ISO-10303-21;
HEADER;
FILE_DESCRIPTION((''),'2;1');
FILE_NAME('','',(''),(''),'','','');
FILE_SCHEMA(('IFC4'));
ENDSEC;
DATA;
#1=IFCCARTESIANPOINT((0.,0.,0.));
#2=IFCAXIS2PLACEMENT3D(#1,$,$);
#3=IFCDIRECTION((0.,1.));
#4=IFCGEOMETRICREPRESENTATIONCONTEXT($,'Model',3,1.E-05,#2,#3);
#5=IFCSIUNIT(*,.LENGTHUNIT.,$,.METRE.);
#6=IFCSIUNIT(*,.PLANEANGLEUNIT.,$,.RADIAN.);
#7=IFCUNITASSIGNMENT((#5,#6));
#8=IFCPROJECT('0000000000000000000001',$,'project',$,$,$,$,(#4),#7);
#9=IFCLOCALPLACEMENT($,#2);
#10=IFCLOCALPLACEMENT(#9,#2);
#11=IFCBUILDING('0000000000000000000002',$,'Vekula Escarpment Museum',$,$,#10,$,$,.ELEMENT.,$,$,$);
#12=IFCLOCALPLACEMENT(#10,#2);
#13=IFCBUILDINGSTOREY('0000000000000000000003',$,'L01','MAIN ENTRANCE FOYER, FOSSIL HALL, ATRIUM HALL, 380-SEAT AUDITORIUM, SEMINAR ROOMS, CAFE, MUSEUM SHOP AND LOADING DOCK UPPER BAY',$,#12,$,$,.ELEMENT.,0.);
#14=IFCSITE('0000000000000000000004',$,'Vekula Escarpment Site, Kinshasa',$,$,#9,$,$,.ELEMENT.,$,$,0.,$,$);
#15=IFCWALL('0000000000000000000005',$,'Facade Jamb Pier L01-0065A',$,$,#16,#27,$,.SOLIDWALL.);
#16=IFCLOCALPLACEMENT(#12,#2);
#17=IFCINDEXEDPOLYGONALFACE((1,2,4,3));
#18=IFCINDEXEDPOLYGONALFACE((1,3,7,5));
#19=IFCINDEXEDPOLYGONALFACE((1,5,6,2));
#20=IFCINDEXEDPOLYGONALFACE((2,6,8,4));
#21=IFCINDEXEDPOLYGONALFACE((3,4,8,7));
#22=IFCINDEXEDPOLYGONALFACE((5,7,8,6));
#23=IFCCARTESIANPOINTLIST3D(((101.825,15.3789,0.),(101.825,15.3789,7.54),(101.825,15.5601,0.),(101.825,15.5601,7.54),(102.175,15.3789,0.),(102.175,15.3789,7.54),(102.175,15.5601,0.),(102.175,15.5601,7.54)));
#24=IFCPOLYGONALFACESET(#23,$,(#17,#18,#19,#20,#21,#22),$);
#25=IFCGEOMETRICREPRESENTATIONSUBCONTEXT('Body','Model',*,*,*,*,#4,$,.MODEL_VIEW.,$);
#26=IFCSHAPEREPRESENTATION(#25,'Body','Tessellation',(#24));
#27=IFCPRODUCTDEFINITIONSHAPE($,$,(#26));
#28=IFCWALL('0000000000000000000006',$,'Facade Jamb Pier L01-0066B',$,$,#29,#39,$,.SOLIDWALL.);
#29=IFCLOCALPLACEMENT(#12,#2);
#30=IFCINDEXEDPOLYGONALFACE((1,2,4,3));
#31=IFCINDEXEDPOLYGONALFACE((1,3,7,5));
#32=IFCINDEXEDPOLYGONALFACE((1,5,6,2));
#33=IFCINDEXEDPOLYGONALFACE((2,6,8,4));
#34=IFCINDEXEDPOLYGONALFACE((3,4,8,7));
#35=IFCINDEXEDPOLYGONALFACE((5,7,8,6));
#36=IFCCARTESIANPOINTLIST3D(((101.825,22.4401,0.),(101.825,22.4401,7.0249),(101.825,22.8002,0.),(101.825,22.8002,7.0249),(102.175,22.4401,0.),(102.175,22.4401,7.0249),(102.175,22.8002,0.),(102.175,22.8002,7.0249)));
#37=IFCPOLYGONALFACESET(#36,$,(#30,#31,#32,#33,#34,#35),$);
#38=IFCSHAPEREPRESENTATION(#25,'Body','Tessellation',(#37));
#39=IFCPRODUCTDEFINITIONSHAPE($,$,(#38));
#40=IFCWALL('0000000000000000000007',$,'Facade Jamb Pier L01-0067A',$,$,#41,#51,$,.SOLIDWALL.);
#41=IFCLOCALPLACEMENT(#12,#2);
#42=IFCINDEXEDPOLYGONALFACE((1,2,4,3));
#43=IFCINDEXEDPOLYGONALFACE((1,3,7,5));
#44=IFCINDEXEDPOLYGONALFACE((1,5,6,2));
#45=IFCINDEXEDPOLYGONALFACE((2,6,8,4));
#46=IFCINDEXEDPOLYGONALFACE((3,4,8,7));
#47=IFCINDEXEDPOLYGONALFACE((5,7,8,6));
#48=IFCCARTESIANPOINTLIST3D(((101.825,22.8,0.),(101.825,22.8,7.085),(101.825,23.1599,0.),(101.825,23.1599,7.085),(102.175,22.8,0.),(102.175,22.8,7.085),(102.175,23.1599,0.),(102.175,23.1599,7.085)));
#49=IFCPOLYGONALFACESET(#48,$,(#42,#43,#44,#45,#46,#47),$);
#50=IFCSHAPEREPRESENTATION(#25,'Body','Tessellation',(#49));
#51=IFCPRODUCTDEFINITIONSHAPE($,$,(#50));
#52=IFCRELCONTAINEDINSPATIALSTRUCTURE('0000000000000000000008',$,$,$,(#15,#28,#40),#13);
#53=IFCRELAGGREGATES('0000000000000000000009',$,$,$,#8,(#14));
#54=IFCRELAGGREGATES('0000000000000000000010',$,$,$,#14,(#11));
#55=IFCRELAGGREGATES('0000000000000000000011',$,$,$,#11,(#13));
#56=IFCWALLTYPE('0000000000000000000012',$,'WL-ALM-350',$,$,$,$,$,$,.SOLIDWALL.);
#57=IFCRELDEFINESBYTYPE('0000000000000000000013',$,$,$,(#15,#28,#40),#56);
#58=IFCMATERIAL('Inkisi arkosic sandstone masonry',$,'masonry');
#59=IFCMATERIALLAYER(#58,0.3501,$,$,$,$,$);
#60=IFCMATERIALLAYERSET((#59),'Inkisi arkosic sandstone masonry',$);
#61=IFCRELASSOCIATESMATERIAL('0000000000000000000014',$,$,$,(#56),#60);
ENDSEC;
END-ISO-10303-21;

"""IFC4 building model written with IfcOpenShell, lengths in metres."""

from ifc_helpers import new_model, si_unit, direction, frame, frame_2d, origin, place, context, subcontext, project, spatial, rectangle, extrude, material, layer, layer_set, type_object, element, save


model = new_model("IFC4")

# Units and contexts
model_context = context("Model", 3, precision=1e-05, world=origin(), true_north=direction((0.0, 1.0)))
body_context = subcontext(model_context, "Body", "Model", "MODEL_VIEW")
ifc_project = project(units=[si_unit("LENGTHUNIT", "METRE"), si_unit("PLANEANGLEUNIT", "RADIAN")], contexts=[model_context])

# Site, building, storey
site_placement = place(None, origin())
site = spatial("IfcSite", under=ifc_project, at=site_placement, Name="Vekula Escarpment Site, Kinshasa", CompositionType="ELEMENT", RefElevation=0.0)
building_placement = place(site_placement, origin())
building = spatial("IfcBuilding", under=site, at=building_placement, Name="Vekula Escarpment Museum", CompositionType="ELEMENT")
storey_placement = place(building_placement, origin())
storey = spatial("IfcBuildingStorey", under=building, at=storey_placement, Name="L01", Description="MAIN ENTRANCE FOYER, FOSSIL HALL, ATRIUM HALL, 380-SEAT AUDITORIUM, SEMINAR ROOMS, CAFE, MUSEUM SHOP AND LOADING DOCK UPPER BAY", CompositionType="ELEMENT", Elevation=0.0)

# Walls
ifc_material_1 = material(Name="Inkisi arkosic sandstone masonry", Category="masonry")
ifc_layer_1 = layer(ifc_material_1, 0.3501)
ifc_layer_set_1 = layer_set([ifc_layer_1], Name="Inkisi arkosic sandstone masonry")
wall_type = type_object("IfcWallType", Name="WL-ALM-350", PredefinedType="SOLIDWALL", material=ifc_layer_set_1)
wall_1_placement = place(storey_placement, frame((102.0, 15.3789, 0.0), z_axis=(0.0, 0.0, 1.0), x_axis=(0.0, 1.0, 0.0)))
element("IfcWall", 1, at=wall_1_placement, inside=storey, type_object=wall_type, Name="Facade Jamb Pier L01-0065A", PredefinedType="SOLIDWALL", context=body_context, shape_type="SweptSolid", body=[
    extrude(rectangle(XDim=0.1812, YDim=0.3501, at=frame_2d((0.0906, 0.0))), origin(), (0.0, 0.0, 1.0), 7.54),
])
wall_2_placement = place(storey_placement, frame((102.0, 22.4399, 0.0), z_axis=(0.0, 0.0, 1.0), x_axis=(0.0, 1.0, 0.0)))
element("IfcWall", 2, at=wall_2_placement, inside=storey, type_object=wall_type, Name="Facade Jamb Pier L01-0066B", PredefinedType="SOLIDWALL", context=body_context, shape_type="SweptSolid", body=[
    extrude(rectangle(XDim=0.3601, YDim=0.3501, at=frame_2d((0.1802, 0.0))), origin(), (0.0, 0.0, 1.0), 7.0249),
])
wall_3_placement = place(storey_placement, frame((102.0, 22.8, 0.0), z_axis=(0.0, 0.0, 1.0), x_axis=(0.0, 1.0, 0.0)))
element("IfcWall", 3, at=wall_3_placement, inside=storey, type_object=wall_type, Name="Facade Jamb Pier L01-0067A", PredefinedType="SOLIDWALL", context=body_context, shape_type="SweptSolid", body=[
    extrude(rectangle(XDim=0.3599, YDim=0.3501, at=frame_2d((0.1799, 0.0))), origin(), (0.0, 0.0, 1.0), 7.085),
])

save(model, "model.ifc")
